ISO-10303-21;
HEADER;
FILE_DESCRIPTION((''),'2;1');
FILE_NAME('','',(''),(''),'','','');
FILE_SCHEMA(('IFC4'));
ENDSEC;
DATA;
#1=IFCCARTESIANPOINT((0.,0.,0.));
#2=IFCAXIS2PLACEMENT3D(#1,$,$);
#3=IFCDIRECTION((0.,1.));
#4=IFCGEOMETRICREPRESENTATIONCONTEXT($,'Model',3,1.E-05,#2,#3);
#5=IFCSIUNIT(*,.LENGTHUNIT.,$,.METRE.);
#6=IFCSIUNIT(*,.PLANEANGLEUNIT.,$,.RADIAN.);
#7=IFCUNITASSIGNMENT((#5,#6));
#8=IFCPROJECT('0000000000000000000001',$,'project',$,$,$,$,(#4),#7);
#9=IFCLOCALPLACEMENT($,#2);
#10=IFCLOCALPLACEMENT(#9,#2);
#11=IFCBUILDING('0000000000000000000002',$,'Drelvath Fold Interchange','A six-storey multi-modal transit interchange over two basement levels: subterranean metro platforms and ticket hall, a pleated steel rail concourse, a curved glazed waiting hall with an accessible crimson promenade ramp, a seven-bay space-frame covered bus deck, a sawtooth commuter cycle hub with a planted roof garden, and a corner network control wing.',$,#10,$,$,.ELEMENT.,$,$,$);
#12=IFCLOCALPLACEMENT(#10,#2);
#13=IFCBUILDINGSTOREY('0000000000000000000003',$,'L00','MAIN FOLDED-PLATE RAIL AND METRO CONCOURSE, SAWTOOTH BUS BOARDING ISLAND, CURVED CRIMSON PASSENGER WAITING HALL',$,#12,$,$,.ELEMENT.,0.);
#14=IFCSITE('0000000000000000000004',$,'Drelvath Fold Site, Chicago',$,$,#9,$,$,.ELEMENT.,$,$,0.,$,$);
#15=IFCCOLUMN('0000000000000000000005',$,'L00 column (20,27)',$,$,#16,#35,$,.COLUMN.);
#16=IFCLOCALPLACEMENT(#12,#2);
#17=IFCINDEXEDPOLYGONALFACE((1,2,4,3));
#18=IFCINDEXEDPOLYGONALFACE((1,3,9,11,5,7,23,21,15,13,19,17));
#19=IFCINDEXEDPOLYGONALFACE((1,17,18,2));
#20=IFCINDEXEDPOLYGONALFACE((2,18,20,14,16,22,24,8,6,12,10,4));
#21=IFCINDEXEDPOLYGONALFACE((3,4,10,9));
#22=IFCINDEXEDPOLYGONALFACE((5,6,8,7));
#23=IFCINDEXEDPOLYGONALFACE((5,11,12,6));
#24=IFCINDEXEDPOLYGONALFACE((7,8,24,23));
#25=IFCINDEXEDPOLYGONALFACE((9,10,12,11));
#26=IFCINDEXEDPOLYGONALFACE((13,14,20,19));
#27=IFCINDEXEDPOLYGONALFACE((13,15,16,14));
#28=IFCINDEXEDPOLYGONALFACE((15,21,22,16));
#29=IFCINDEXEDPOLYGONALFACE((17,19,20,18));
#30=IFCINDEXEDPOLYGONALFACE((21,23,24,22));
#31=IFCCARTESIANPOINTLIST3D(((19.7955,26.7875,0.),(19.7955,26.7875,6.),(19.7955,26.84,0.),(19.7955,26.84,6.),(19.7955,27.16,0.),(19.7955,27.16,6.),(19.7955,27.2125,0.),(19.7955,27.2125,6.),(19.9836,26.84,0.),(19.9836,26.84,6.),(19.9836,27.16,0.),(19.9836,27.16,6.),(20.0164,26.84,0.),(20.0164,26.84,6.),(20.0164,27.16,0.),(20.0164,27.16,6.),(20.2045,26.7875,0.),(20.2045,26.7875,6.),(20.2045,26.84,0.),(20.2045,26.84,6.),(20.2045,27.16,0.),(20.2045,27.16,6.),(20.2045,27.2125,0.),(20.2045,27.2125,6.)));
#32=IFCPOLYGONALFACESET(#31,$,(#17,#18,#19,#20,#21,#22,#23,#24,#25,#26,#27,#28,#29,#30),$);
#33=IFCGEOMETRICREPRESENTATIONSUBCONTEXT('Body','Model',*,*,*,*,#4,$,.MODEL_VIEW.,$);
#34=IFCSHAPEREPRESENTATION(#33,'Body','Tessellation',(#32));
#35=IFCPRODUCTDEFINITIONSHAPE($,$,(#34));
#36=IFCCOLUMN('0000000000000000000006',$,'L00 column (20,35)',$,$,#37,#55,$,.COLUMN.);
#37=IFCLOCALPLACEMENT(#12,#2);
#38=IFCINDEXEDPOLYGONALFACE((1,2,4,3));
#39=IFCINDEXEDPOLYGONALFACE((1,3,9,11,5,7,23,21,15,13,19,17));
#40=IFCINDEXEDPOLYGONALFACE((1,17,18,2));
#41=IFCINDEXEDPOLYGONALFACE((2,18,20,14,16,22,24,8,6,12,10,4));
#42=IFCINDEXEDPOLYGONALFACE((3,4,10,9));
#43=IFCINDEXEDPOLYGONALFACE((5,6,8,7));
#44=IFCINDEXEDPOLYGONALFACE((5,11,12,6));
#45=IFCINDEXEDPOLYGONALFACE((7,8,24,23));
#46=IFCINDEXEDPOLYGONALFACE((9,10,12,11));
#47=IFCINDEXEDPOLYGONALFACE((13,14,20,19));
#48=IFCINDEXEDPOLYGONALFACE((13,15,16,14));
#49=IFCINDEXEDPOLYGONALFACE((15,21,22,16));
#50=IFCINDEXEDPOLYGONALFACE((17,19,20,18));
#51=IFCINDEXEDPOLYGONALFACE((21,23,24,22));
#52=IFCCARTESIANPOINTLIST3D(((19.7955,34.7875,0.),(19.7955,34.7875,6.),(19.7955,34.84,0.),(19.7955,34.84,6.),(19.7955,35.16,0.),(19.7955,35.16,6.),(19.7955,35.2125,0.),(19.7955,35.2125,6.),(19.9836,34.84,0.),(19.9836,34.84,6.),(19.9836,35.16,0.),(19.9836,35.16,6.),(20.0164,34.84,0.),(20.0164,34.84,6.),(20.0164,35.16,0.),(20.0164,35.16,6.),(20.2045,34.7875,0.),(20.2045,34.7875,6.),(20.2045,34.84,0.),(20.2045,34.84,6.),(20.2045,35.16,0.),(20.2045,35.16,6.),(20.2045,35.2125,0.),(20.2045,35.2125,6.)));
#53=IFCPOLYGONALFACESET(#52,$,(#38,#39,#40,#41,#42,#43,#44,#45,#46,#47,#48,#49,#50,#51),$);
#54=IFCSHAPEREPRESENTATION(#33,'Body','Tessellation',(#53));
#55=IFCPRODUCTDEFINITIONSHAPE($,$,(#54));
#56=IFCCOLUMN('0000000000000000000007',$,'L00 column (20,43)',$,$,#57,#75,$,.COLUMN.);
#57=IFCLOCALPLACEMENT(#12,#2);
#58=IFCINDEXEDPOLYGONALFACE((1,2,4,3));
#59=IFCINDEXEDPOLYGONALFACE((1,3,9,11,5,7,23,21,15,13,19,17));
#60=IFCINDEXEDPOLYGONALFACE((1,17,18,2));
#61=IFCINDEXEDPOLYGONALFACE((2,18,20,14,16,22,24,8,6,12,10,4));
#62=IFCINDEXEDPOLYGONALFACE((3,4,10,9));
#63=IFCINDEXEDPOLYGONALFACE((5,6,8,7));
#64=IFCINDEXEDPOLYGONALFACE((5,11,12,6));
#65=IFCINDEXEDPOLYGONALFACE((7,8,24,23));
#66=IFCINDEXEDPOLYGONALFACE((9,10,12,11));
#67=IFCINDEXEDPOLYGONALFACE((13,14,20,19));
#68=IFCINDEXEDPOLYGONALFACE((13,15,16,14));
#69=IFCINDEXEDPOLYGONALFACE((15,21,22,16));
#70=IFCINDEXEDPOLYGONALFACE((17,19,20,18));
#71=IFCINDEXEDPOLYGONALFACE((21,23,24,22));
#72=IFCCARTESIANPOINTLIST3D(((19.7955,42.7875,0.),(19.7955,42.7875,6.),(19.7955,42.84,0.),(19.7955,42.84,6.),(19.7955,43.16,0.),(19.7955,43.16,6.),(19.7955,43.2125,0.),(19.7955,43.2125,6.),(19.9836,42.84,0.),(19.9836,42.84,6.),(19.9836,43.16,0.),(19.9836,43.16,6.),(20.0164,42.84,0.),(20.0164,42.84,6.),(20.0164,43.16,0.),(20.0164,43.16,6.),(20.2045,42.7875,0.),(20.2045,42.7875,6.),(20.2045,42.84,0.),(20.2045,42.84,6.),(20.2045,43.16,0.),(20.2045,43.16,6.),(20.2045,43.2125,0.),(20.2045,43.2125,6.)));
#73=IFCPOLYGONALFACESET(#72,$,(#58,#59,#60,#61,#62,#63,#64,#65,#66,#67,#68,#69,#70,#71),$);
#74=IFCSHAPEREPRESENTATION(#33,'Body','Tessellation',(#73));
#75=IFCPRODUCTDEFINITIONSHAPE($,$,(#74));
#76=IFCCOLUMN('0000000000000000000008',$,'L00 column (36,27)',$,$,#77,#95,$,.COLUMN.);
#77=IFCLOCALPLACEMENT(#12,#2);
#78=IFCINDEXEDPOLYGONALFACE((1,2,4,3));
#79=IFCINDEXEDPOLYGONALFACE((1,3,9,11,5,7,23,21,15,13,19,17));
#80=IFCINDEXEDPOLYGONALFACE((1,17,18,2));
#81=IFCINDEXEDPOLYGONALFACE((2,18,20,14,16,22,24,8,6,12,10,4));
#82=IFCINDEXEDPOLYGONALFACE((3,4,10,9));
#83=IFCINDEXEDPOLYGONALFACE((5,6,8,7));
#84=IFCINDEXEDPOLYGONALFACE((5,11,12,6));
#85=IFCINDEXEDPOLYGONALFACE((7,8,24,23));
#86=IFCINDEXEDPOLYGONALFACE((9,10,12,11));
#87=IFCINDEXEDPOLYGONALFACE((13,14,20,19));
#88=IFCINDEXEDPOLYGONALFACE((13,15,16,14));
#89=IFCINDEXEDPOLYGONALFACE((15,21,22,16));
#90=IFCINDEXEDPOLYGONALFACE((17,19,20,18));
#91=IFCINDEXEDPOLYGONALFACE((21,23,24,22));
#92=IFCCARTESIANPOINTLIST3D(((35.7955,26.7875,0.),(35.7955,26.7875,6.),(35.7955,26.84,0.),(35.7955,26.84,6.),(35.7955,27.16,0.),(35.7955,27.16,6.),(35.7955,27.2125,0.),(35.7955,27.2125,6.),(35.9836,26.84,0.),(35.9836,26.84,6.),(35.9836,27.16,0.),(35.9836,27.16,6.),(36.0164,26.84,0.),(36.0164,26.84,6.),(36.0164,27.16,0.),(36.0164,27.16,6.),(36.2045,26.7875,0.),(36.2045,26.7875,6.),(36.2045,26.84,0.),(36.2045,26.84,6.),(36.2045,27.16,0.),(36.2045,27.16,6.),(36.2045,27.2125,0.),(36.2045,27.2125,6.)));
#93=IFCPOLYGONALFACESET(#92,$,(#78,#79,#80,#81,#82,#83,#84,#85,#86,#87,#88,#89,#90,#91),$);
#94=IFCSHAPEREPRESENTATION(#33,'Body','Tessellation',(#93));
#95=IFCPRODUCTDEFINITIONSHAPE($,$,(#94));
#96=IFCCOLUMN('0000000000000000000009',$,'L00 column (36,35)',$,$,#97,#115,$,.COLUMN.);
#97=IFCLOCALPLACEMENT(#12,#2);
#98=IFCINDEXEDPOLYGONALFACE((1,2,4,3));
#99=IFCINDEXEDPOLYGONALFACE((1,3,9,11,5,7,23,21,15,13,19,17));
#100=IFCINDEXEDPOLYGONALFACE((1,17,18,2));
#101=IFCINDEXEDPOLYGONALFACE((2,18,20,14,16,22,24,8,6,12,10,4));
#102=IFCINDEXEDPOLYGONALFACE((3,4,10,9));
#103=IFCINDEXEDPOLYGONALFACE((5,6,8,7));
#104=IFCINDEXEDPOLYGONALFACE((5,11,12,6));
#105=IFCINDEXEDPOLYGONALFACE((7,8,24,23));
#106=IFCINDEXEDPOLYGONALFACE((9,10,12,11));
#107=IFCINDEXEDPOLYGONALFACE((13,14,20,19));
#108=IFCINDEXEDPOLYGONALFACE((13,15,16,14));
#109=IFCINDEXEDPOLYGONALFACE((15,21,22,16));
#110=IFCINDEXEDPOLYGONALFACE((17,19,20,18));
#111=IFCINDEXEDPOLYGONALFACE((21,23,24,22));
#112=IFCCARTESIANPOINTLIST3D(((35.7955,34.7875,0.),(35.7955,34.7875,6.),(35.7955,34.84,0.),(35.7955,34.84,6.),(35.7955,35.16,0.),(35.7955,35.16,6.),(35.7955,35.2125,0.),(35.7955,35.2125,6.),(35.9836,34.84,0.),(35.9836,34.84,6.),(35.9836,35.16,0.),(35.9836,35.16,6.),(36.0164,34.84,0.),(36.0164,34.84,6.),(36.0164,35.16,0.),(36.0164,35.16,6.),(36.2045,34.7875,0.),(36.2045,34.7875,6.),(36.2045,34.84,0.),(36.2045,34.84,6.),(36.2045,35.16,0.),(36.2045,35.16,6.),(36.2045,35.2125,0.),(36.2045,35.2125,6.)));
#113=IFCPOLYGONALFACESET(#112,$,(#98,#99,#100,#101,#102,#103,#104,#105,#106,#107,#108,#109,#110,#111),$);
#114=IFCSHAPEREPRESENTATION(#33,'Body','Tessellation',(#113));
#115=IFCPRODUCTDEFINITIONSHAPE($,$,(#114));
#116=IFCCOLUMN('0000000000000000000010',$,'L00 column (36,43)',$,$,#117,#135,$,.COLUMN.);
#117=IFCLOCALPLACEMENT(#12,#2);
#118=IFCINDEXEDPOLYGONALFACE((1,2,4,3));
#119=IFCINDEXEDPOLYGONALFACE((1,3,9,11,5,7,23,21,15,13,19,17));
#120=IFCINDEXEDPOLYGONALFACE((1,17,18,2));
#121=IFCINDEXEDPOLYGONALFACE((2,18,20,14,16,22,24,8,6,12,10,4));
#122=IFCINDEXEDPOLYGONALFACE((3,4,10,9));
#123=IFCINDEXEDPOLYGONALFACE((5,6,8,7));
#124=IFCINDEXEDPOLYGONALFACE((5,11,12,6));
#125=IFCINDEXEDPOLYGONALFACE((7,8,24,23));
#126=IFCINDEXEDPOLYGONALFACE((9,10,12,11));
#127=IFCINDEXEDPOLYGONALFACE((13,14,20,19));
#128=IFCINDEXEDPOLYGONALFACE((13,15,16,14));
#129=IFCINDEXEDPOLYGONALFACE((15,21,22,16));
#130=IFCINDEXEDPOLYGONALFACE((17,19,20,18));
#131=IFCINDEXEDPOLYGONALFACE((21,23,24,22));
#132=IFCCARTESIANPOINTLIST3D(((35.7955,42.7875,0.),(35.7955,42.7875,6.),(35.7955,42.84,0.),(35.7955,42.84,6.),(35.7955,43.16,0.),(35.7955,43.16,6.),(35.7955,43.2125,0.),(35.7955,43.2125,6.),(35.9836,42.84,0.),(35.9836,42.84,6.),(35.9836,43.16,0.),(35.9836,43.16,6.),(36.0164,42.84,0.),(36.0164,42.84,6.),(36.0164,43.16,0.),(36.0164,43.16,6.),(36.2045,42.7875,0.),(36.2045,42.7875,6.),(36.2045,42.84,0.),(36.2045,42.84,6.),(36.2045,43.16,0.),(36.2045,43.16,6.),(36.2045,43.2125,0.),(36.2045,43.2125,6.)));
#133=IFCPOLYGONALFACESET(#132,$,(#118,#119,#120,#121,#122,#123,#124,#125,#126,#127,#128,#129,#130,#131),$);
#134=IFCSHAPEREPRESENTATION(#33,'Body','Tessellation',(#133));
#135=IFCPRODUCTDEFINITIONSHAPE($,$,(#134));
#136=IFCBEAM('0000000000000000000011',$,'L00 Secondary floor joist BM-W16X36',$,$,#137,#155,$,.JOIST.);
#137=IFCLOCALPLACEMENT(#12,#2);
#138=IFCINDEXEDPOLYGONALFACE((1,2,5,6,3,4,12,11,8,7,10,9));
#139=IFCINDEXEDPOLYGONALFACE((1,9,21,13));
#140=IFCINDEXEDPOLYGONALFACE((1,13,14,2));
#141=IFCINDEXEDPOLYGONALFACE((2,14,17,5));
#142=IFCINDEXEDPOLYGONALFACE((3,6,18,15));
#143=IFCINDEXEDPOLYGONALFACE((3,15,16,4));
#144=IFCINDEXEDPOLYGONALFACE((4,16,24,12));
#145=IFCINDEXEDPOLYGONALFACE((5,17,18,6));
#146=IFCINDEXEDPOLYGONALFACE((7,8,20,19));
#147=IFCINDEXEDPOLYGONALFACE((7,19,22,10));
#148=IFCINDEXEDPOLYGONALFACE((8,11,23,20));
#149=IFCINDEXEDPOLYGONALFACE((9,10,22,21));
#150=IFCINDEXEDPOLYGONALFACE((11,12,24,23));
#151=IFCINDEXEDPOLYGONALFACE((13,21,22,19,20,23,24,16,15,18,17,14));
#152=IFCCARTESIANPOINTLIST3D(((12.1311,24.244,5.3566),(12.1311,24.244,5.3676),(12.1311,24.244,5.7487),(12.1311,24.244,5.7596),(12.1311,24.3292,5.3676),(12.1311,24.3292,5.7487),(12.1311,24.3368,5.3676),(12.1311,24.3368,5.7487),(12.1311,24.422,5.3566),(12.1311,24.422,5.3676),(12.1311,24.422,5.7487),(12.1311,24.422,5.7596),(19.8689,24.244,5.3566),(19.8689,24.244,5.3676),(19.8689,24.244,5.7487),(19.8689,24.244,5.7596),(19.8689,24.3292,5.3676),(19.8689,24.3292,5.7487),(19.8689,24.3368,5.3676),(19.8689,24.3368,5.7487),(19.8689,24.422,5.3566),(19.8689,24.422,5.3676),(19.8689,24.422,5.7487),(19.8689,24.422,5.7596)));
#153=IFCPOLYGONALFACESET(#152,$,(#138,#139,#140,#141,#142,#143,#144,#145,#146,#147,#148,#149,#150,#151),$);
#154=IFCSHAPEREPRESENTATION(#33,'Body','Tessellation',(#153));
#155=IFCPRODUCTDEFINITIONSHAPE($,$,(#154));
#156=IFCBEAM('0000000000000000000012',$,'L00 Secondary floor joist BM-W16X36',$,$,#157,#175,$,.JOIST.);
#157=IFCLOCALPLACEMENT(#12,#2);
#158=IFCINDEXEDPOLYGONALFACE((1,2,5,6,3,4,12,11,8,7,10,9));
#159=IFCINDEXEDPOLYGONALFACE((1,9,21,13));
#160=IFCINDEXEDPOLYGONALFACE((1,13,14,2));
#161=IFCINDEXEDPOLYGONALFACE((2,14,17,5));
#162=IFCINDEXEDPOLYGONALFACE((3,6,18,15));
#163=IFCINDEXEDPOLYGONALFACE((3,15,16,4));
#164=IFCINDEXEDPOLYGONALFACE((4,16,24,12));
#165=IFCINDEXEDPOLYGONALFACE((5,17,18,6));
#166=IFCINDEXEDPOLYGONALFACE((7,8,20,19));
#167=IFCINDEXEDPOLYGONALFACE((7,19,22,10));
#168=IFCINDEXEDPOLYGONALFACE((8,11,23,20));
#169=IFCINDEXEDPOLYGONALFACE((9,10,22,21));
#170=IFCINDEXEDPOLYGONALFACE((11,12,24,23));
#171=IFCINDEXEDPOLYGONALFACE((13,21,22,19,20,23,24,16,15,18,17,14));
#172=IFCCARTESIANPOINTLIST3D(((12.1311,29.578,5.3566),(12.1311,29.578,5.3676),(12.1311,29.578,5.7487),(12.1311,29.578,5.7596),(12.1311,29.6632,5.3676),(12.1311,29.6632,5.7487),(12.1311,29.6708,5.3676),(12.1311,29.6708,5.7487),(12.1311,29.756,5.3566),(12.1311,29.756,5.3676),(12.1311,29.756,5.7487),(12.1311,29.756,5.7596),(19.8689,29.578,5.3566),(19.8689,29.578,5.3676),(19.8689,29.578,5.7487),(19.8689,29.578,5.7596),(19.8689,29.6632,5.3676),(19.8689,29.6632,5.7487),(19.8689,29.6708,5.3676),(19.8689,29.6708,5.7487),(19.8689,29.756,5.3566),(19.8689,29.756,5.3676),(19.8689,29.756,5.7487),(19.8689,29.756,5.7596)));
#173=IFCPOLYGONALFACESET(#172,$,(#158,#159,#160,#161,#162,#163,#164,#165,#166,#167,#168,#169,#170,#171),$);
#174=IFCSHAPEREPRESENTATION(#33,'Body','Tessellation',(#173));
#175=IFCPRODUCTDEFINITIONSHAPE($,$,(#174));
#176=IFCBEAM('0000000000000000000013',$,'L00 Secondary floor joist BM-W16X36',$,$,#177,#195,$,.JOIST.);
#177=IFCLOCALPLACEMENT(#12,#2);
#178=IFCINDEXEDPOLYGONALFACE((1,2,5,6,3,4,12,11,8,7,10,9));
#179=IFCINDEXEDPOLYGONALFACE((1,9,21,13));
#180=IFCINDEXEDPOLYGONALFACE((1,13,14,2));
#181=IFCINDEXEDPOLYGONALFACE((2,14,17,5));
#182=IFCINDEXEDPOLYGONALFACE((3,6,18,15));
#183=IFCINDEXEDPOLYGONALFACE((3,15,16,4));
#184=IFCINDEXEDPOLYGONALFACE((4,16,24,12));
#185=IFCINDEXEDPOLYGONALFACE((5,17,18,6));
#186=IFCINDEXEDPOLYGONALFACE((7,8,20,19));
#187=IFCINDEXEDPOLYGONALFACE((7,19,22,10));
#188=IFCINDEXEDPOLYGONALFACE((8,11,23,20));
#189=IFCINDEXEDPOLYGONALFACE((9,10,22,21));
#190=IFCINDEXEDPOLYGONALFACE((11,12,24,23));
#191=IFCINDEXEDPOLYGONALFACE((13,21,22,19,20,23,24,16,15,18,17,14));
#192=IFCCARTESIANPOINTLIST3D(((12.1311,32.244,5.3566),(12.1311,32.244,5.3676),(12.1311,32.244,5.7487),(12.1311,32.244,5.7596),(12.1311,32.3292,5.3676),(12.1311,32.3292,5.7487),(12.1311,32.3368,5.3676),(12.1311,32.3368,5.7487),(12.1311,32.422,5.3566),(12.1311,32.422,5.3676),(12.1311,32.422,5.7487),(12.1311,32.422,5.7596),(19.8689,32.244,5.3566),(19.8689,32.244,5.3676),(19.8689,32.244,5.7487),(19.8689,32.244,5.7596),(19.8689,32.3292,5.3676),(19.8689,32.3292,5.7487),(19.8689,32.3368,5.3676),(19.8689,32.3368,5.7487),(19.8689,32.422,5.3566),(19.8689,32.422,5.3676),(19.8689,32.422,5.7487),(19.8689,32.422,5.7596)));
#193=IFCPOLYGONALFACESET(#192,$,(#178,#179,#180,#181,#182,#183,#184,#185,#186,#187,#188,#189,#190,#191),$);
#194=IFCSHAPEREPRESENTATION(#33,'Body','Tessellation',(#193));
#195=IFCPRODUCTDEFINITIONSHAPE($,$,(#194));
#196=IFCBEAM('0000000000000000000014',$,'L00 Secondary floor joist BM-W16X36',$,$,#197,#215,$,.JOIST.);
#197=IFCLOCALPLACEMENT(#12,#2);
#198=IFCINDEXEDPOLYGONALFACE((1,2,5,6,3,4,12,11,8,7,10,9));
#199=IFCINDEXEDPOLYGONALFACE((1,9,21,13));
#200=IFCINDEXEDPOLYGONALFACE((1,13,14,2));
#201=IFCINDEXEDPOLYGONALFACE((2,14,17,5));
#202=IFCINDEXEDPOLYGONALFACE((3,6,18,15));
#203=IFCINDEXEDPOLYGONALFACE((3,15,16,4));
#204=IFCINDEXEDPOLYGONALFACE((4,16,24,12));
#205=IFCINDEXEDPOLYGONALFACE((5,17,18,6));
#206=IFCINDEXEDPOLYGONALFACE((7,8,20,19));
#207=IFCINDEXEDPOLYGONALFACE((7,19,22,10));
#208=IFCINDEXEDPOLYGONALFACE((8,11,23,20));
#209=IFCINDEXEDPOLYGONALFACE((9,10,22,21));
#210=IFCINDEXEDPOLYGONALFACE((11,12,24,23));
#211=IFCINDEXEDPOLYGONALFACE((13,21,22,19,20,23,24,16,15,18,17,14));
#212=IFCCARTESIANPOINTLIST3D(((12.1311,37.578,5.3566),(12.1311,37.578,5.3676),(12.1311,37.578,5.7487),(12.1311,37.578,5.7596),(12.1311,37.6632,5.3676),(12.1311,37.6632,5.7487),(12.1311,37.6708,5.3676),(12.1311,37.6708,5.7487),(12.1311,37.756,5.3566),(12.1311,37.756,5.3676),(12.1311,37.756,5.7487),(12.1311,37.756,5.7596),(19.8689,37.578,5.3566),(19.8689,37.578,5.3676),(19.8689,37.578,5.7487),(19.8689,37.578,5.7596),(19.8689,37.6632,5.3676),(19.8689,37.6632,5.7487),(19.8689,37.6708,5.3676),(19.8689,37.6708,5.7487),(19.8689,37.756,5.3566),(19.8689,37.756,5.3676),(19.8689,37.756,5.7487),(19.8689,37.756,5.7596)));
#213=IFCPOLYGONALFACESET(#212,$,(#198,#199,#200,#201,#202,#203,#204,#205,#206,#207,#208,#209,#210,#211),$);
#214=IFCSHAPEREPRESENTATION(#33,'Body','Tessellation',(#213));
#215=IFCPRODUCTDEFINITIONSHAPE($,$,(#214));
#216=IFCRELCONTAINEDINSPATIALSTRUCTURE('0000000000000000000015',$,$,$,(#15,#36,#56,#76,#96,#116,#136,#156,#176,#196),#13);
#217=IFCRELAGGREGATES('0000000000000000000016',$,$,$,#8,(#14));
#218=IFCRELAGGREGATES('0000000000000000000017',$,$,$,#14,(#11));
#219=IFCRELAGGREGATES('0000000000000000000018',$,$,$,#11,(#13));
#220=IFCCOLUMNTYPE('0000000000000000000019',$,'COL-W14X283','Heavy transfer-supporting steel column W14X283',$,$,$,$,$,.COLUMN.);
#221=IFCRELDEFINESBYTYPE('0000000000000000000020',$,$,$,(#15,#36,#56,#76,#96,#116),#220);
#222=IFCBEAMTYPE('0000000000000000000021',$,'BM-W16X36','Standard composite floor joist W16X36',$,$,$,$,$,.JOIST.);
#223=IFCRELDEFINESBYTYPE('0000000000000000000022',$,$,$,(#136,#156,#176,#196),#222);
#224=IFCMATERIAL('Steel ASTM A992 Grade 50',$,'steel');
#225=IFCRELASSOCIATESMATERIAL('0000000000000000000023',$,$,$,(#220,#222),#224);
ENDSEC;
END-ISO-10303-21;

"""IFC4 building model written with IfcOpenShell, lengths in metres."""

from ifc_helpers import new_model, si_unit, direction, frame, origin, origin_2d, place, context, subcontext, project, spatial, i_section, extrude, material, material_profile, profile_set, type_object, element, save


model = new_model("IFC4")

# Units and contexts
model_context = context("Model", 3, precision=1e-05, world=origin(), true_north=direction((0.0, 1.0)))
body_context = subcontext(model_context, "Body", "Model", "MODEL_VIEW")
ifc_project = project(units=[si_unit("LENGTHUNIT", "METRE"), si_unit("PLANEANGLEUNIT", "RADIAN")], contexts=[model_context])

# Site, building, storey
site_placement = place(None, origin())
site = spatial("IfcSite", under=ifc_project, at=site_placement, Name="Drelvath Fold Site, Chicago", CompositionType="ELEMENT", RefElevation=0.0)
building_placement = place(site_placement, origin())
building = spatial("IfcBuilding", under=site, at=building_placement, Name="Drelvath Fold Interchange", Description="A six-storey multi-modal transit interchange over two basement levels: subterranean metro platforms and ticket hall, a pleated steel rail concourse, a curved glazed waiting hall with an accessible crimson promenade ramp, a seven-bay space-frame covered bus deck, a sawtooth commuter cycle hub with a planted roof garden, and a corner network control wing.", CompositionType="ELEMENT")
storey_placement = place(building_placement, origin())
storey = spatial("IfcBuildingStorey", under=building, at=storey_placement, Name="L00", Description="MAIN FOLDED-PLATE RAIL AND METRO CONCOURSE, SAWTOOTH BUS BOARDING ISLAND, CURVED CRIMSON PASSENGER WAITING HALL", CompositionType="ELEMENT", Elevation=0.0)

# Columns
ifc_material_1 = material(Name="Steel ASTM A992 Grade 50", Category="steel")
ifc_material_profile_1 = material_profile(ifc_material_1, i_section(OverallWidth=0.4089, OverallDepth=0.425, WebThickness=0.0327, FlangeThickness=0.0525, at=origin_2d()), Name="W14X283")
ifc_profile_set_1 = profile_set([ifc_material_profile_1], Name="Steel ASTM A992 Grade 50")
column_type = type_object("IfcColumnType", Name="COL-W14X283", Description="Heavy transfer-supporting steel column W14X283", PredefinedType="COLUMN", material=ifc_profile_set_1)
for number, where, z_axis, x_axis, name in (
    (1, (20.0, 27.0, 0.0), (0.0, 0.0, 1.0), (1.0, 0.0, 0.0), "L00 column (20,27)"),
    (2, (20.0, 35.0, 0.0), (0.0, 0.0, 1.0), (1.0, 0.0, 0.0), "L00 column (20,35)"),
    (3, (20.0, 43.0, 0.0), (0.0, 0.0, 1.0), (1.0, 0.0, 0.0), "L00 column (20,43)"),
    (4, (36.0, 27.0, 0.0), (0.0, 0.0, 1.0), (1.0, 0.0, 0.0), "L00 column (36,27)"),
    (5, (36.0, 35.0, 0.0), (0.0, 0.0, 1.0), (1.0, 0.0, 0.0), "L00 column (36,35)"),
    (6, (36.0, 43.0, 0.0), (0.0, 0.0, 1.0), (1.0, 0.0, 0.0), "L00 column (36,43)"),
):
    element("IfcColumn", number, at=place(storey_placement, frame(where, z_axis=z_axis, x_axis=x_axis)), inside=storey, type_object=column_type, Name=name, PredefinedType="COLUMN", context=body_context, shape_type="SweptSolid", body=[
        extrude(i_section(OverallWidth=0.4089, OverallDepth=0.425, WebThickness=0.0327, FlangeThickness=0.0525, at=origin_2d()), origin(), (0.0, 0.0, 1.0), 6.0),
    ])

# Beams
ifc_material_profile_2 = material_profile(ifc_material_1, i_section(OverallWidth=0.178, OverallDepth=0.4031, WebThickness=0.0076, FlangeThickness=0.011, at=origin_2d()), Name="W16X36")
ifc_profile_set_2 = profile_set([ifc_material_profile_2], Name="Steel ASTM A992 Grade 50")
beam_type_1 = type_object("IfcBeamType", Name="BM-W16X36", Description="Standard composite floor joist W16X36", PredefinedType="JOIST", material=ifc_profile_set_2)
for number, where, z_axis, x_axis, name in (
    (7, (12.1311, 24.333, 5.5581), (1.0, 0.0, 0.0), (0.0, 1.0, 0.0), "L00 Secondary floor joist BM-W16X36"),
    (8, (12.1311, 29.667, 5.5581), (1.0, 0.0, 0.0), (0.0, 1.0, 0.0), "L00 Secondary floor joist BM-W16X36"),
    (9, (12.1311, 32.333, 5.5581), (1.0, 0.0, 0.0), (0.0, 1.0, 0.0), "L00 Secondary floor joist BM-W16X36"),
    (10, (12.1311, 37.667, 5.5581), (1.0, 0.0, 0.0), (0.0, 1.0, 0.0), "L00 Secondary floor joist BM-W16X36"),
):
    element("IfcBeam", number, at=place(storey_placement, frame(where, z_axis=z_axis, x_axis=x_axis)), inside=storey, type_object=beam_type_1, Name=name, PredefinedType="JOIST", context=body_context, shape_type="SweptSolid", body=[
        extrude(i_section(OverallWidth=0.178, OverallDepth=0.4031, WebThickness=0.0076, FlangeThickness=0.011, at=origin_2d()), origin(), (0.0, 0.0, 1.0), 7.7378),
    ])

save(model, "model.ifc")
